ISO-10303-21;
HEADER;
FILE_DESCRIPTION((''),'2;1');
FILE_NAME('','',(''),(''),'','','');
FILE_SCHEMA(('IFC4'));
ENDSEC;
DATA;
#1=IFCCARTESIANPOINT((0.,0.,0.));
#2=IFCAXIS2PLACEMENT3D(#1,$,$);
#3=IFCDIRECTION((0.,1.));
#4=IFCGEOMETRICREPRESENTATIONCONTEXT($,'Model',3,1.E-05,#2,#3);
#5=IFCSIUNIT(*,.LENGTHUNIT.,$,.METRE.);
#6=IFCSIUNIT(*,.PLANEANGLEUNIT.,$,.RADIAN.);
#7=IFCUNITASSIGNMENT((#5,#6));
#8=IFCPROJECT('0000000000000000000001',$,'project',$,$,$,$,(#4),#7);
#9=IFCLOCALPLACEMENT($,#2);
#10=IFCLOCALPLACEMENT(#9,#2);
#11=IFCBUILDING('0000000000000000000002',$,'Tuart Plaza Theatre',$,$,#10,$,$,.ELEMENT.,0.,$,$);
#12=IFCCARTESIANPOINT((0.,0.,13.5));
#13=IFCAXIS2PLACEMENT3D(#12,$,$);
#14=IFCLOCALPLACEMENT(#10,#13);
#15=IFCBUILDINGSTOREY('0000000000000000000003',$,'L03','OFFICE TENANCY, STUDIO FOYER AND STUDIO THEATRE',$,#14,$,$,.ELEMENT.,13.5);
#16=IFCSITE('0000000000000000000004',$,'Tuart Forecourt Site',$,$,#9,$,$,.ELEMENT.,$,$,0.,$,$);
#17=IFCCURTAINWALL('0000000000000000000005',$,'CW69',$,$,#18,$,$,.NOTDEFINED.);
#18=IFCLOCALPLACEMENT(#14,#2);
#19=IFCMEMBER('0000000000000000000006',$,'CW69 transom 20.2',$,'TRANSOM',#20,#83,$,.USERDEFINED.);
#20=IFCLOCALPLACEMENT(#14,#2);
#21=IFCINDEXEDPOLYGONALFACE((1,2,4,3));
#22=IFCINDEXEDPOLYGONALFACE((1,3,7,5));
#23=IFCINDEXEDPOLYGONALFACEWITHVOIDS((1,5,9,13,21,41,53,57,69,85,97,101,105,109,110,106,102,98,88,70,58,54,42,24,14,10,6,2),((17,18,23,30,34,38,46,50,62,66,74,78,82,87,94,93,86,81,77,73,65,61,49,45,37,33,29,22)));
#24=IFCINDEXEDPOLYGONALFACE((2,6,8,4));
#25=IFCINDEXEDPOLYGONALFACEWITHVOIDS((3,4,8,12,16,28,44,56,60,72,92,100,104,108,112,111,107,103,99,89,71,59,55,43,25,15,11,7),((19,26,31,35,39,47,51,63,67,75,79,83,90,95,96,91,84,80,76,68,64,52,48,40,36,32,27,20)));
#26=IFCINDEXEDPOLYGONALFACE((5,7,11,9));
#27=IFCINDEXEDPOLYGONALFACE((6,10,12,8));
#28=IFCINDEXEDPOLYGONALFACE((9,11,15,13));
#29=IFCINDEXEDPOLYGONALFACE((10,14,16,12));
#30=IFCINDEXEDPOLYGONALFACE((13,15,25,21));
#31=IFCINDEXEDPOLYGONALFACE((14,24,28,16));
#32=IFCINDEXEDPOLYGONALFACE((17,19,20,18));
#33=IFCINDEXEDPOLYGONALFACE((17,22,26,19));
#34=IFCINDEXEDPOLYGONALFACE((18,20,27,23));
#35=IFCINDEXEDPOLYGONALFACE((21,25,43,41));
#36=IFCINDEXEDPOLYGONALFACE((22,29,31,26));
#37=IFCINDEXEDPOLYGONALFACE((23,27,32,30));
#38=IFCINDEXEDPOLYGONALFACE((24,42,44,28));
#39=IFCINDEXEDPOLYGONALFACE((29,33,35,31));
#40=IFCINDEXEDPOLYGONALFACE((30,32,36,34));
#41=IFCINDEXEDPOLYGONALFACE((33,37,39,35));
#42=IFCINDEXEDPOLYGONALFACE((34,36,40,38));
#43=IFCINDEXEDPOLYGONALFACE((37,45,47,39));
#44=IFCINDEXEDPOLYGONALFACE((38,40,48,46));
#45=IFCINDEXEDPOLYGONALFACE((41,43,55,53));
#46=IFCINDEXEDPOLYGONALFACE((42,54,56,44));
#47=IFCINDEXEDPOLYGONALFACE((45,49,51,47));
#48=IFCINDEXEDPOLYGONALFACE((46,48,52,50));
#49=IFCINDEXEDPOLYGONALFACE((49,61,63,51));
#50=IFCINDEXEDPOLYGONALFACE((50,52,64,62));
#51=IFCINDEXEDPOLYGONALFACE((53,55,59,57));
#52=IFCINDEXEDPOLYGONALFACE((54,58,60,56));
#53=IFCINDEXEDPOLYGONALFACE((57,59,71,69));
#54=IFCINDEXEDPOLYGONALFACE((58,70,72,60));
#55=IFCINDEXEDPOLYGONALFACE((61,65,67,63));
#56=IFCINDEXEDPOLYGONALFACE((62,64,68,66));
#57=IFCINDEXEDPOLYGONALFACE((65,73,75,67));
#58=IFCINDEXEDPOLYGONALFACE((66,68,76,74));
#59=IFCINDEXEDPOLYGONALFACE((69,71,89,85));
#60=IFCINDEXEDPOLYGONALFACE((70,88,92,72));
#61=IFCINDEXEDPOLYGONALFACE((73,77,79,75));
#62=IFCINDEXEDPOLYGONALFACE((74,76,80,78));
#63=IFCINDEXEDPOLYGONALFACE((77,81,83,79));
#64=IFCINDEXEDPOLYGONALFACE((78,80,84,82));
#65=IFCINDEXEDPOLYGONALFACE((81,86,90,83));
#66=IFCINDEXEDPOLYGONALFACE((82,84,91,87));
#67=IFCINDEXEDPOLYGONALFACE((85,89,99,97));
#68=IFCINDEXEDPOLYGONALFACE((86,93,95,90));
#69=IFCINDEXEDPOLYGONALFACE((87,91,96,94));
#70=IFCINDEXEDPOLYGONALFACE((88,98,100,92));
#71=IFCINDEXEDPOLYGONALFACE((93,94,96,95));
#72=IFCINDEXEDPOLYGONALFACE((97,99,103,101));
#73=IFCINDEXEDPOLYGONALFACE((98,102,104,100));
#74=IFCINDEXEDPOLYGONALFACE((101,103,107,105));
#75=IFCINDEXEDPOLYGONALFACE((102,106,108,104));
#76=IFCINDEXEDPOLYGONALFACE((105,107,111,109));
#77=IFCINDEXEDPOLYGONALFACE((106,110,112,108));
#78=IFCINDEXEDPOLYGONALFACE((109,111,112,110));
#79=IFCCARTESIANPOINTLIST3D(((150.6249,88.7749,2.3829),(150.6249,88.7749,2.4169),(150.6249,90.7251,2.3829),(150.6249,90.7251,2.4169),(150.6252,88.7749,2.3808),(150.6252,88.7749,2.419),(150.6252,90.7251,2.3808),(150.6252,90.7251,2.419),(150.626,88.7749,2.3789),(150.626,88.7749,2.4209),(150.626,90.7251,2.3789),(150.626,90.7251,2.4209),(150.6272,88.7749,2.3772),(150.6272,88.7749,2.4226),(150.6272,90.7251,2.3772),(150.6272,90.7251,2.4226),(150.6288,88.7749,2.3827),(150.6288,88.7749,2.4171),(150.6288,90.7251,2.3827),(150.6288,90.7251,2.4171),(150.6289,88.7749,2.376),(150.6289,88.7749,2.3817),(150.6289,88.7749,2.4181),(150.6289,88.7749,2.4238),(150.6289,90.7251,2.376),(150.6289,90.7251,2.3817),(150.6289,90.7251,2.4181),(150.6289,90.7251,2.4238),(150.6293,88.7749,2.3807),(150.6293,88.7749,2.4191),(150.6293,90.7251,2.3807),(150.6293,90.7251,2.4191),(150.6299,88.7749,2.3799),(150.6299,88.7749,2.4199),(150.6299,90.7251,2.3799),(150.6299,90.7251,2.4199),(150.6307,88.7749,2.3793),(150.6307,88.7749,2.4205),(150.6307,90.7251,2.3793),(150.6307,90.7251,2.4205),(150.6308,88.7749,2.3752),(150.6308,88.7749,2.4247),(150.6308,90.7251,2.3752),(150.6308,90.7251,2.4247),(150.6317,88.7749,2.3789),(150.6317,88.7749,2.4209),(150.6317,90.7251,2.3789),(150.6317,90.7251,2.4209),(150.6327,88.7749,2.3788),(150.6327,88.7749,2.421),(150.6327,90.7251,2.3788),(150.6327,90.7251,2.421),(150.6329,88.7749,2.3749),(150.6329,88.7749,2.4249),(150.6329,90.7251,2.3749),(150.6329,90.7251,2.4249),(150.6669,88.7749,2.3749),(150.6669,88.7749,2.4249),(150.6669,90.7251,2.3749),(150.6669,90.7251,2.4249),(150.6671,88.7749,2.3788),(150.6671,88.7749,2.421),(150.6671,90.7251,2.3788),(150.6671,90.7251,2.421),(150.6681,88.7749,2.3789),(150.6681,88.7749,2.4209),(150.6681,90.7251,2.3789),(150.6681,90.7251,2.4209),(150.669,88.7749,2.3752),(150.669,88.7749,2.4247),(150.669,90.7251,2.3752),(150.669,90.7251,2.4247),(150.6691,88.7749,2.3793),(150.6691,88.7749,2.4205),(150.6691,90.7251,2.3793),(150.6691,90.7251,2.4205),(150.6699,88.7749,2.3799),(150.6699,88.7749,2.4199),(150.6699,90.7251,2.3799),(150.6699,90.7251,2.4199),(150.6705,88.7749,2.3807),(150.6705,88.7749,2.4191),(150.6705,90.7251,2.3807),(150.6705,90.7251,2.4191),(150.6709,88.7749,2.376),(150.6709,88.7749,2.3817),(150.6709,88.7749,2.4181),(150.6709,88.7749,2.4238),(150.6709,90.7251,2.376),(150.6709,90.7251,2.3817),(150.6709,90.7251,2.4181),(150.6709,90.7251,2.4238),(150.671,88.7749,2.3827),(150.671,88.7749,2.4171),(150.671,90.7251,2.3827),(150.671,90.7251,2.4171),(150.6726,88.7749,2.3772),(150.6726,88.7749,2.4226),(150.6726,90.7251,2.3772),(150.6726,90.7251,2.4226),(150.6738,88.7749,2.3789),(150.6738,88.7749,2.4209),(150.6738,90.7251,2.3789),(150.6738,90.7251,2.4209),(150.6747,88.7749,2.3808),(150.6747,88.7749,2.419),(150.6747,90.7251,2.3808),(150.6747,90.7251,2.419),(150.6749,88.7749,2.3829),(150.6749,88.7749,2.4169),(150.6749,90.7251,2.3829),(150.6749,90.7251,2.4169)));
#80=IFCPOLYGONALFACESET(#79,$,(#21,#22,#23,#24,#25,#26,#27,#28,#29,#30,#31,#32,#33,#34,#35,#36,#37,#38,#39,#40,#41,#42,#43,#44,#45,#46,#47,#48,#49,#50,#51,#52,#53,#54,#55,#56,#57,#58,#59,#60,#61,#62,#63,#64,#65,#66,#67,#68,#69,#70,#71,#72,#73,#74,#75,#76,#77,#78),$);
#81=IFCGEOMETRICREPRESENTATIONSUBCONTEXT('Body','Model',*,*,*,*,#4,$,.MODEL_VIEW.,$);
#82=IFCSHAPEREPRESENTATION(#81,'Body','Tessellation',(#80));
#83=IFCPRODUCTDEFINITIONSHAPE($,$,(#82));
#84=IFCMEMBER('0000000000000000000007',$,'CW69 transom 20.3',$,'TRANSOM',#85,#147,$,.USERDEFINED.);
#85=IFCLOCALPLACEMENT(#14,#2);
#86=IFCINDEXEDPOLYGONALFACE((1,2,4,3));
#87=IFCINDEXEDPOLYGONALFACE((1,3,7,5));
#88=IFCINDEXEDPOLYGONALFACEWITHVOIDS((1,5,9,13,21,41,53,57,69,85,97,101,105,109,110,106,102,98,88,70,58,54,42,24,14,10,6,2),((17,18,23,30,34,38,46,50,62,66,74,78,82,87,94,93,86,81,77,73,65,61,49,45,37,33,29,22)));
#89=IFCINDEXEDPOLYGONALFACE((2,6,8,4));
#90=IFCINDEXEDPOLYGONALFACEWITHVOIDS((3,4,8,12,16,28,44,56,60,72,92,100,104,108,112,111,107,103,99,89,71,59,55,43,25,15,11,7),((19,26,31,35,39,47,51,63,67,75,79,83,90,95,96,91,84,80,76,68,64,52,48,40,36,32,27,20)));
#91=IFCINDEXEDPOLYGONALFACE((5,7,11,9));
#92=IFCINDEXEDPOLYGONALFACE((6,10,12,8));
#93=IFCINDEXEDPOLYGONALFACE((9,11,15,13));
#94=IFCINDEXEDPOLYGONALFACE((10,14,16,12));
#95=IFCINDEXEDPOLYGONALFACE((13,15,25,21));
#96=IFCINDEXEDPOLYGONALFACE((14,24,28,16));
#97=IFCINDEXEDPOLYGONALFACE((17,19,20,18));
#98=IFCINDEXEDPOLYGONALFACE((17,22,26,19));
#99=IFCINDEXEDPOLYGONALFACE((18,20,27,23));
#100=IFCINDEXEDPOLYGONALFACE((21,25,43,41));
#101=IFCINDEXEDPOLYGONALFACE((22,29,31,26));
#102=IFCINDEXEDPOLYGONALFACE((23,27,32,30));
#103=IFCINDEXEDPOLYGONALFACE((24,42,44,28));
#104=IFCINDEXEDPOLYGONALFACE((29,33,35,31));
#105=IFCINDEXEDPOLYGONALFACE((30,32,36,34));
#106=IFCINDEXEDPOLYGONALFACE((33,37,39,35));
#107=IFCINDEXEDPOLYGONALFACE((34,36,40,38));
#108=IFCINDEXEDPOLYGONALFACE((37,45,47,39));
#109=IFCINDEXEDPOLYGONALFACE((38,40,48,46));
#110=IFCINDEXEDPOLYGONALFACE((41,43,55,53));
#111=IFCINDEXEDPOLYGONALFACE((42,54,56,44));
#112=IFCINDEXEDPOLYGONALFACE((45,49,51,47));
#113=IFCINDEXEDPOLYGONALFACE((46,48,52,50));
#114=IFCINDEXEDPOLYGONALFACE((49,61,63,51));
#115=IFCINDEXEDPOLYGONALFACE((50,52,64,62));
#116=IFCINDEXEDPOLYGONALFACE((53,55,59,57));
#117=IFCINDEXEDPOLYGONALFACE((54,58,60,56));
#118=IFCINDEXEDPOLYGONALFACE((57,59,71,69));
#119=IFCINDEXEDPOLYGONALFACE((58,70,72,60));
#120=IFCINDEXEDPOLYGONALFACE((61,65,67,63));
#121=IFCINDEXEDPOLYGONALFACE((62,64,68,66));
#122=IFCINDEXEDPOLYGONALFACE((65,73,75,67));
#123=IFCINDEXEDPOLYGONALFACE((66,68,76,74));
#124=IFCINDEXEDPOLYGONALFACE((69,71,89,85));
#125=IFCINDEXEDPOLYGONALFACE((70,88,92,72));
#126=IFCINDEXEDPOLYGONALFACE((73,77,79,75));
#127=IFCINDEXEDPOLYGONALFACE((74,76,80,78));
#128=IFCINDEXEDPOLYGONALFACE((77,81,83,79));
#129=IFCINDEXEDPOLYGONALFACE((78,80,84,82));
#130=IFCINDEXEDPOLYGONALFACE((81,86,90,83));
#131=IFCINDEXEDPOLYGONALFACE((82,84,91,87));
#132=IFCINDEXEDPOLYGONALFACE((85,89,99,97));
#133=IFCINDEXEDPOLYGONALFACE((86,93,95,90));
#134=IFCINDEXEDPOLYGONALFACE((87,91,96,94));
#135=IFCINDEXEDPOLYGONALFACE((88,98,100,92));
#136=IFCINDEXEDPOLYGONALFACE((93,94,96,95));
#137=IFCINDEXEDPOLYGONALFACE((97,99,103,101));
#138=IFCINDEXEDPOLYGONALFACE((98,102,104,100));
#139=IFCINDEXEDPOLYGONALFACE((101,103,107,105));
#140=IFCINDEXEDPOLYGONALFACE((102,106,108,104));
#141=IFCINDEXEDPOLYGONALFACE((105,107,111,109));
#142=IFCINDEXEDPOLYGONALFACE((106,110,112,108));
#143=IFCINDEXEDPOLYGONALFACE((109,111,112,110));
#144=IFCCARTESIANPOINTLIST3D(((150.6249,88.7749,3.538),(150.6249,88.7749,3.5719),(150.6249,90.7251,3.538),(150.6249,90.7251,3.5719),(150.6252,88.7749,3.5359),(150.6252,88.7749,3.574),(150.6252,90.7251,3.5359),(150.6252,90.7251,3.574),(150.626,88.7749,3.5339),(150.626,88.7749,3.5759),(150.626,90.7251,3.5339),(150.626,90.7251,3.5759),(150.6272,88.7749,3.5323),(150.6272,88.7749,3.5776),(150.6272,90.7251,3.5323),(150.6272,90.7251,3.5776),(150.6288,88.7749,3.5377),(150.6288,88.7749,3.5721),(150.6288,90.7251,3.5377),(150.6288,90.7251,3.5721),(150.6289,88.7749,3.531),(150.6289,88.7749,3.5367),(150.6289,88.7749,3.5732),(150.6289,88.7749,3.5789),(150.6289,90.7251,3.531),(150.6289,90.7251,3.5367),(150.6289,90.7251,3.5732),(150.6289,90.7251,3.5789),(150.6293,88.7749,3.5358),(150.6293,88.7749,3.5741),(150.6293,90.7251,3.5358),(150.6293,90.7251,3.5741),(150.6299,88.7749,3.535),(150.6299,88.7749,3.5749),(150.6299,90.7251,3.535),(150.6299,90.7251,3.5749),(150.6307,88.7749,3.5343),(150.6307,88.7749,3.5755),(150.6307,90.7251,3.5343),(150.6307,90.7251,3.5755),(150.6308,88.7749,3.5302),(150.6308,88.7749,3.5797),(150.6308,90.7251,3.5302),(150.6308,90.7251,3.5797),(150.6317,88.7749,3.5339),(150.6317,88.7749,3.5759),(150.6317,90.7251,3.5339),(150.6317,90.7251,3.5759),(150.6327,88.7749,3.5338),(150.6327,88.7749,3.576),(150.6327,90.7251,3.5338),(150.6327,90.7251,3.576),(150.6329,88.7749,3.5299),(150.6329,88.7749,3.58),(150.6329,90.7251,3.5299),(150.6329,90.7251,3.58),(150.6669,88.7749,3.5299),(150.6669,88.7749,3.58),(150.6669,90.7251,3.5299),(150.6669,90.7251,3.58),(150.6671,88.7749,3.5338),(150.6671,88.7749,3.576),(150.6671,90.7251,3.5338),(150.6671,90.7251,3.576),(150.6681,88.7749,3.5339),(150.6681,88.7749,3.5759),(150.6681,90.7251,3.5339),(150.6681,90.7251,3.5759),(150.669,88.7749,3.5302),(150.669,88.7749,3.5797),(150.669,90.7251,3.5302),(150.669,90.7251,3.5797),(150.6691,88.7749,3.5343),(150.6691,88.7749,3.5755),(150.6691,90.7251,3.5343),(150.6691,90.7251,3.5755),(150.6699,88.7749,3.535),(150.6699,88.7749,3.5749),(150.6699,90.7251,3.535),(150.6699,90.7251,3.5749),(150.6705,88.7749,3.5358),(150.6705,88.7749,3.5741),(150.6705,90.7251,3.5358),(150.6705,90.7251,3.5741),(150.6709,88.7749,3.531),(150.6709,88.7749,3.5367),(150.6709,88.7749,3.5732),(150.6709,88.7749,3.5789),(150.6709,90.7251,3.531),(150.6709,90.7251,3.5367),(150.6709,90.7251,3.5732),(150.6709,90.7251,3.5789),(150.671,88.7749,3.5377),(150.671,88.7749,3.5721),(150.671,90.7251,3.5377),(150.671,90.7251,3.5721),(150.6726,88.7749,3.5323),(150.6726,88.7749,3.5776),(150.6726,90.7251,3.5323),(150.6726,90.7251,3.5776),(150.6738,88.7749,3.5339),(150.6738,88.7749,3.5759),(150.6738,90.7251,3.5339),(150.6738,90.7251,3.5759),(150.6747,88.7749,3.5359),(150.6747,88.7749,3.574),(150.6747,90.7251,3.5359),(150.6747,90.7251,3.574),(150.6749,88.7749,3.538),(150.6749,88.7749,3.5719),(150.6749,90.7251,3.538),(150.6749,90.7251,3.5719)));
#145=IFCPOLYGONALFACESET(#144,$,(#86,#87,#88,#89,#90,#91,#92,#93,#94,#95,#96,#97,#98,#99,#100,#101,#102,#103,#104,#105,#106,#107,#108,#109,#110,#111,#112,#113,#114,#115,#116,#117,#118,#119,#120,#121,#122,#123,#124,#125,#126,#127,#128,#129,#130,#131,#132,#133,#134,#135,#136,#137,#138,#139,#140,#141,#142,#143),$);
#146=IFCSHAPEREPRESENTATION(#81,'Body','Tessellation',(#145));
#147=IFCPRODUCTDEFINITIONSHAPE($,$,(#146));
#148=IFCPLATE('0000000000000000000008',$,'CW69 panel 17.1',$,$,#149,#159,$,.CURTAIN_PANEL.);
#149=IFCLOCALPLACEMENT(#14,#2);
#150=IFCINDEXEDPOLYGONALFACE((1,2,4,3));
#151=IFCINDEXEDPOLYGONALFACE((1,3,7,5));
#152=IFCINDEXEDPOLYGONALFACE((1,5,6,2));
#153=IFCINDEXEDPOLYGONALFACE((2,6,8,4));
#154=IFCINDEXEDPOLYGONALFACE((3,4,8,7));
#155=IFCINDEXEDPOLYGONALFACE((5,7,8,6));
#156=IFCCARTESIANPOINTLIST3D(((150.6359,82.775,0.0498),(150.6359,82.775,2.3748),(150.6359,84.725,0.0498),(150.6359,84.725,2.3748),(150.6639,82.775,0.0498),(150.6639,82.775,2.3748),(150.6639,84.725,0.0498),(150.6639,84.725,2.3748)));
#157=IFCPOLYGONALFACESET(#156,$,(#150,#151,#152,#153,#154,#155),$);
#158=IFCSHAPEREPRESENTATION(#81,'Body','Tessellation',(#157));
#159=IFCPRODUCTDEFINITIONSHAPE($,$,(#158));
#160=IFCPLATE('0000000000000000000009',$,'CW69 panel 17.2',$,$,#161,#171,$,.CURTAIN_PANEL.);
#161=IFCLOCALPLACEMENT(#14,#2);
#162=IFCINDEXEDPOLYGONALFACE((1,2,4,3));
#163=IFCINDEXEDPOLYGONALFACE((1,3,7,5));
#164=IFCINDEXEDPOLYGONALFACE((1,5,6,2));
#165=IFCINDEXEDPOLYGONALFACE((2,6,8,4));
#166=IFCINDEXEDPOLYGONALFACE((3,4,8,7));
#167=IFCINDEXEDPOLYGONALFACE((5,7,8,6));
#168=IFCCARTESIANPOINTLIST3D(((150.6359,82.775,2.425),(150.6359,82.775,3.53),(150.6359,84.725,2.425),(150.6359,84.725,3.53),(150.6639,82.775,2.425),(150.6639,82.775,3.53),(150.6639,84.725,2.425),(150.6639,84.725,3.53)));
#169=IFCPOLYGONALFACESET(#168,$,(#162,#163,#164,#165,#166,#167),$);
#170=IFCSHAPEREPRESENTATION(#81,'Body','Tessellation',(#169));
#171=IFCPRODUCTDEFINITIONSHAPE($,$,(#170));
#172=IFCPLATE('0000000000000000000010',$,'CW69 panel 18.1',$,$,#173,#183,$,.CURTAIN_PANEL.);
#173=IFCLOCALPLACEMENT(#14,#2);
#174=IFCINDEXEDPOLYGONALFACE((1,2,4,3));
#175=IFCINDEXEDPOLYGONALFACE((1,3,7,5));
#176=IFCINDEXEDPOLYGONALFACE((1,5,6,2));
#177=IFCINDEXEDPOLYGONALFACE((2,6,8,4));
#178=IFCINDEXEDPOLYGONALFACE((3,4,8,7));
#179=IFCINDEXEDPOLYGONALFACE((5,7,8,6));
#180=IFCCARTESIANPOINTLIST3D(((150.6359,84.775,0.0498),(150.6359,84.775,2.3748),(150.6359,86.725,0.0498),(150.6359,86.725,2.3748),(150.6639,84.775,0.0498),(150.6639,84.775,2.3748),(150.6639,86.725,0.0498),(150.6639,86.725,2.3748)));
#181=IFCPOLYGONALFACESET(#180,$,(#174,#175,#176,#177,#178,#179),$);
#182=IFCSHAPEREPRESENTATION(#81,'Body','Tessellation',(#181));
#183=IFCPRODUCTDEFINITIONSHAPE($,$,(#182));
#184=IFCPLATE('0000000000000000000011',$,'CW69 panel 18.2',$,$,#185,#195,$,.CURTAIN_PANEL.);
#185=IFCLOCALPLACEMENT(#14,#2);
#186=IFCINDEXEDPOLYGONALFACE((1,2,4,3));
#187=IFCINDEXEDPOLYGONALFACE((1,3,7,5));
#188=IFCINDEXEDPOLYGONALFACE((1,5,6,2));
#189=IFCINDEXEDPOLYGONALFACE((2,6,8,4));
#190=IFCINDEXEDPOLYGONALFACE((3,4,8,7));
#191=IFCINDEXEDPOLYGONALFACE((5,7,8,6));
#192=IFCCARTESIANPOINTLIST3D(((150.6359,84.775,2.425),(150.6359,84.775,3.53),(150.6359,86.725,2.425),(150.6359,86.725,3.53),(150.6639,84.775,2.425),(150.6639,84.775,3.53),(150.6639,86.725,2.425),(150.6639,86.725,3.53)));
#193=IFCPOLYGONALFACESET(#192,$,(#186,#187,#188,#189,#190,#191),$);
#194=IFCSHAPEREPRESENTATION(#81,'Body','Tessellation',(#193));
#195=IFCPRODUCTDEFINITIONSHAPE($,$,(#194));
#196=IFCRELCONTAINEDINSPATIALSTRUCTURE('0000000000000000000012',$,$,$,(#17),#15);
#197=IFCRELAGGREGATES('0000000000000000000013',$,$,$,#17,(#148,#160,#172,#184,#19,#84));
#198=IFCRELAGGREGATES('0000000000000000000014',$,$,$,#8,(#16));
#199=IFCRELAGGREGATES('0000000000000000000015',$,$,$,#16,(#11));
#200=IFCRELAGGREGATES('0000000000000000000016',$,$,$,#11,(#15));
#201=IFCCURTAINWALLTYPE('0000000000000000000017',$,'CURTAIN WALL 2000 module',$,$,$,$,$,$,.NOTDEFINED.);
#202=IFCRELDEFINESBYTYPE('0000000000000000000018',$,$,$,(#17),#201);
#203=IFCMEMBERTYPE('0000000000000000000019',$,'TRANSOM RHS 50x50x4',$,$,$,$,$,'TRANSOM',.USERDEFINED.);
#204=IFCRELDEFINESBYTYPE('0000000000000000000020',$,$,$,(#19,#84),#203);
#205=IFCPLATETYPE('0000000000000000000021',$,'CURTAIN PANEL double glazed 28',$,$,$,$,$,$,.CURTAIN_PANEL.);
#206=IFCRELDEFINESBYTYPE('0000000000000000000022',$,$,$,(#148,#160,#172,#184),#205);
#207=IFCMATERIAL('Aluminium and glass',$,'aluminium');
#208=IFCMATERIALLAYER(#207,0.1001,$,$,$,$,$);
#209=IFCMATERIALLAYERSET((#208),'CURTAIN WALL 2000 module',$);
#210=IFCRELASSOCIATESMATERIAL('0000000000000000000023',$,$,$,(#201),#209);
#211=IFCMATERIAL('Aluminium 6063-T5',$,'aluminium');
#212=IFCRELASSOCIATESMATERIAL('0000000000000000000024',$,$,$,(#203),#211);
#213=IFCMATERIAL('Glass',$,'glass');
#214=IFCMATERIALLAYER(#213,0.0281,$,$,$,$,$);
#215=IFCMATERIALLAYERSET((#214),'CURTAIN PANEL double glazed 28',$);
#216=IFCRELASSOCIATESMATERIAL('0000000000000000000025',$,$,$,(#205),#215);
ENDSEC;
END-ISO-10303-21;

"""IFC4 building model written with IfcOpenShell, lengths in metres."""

from ifc_helpers import new_model, si_unit, direction, frame, origin, origin_2d, place, context, subcontext, project, spatial, rectangle, hollow_rectangle, extrude, material, layer, layer_set, material_profile, profile_set, type_object, element, aggregate, save


model = new_model("IFC4")

# Units and contexts
model_context = context("Model", 3, precision=1e-05, world=origin(), true_north=direction((0.0, 1.0)))
body_context = subcontext(model_context, "Body", "Model", "MODEL_VIEW")
ifc_project = project(units=[si_unit("LENGTHUNIT", "METRE"), si_unit("PLANEANGLEUNIT", "RADIAN")], contexts=[model_context])

# Site, building, storey
site_placement = place(None, origin())
site = spatial("IfcSite", under=ifc_project, at=site_placement, Name="Tuart Forecourt Site", CompositionType="ELEMENT", RefElevation=0.0)
building_placement = place(site_placement, origin())
building = spatial("IfcBuilding", under=site, at=building_placement, Name="Tuart Plaza Theatre", CompositionType="ELEMENT", ElevationOfRefHeight=0.0)
storey_placement = place(building_placement, frame((0.0, 0.0, 13.5)))
storey = spatial("IfcBuildingStorey", under=building, at=storey_placement, Name="L03", Description="OFFICE TENANCY, STUDIO FOYER AND STUDIO THEATRE", CompositionType="ELEMENT", Elevation=13.5)

# Curtain wall, members, plates
ifc_material_1 = material(Name="Aluminium and glass", Category="aluminium")
ifc_layer_1 = layer(ifc_material_1, 0.1001)
ifc_layer_set_1 = layer_set([ifc_layer_1], Name="CURTAIN WALL 2000 module")
curtain_wall_type = type_object("IfcCurtainWallType", Name="CURTAIN WALL 2000 module", PredefinedType="NOTDEFINED", material=ifc_layer_set_1)
curtain_wall_placement = place(storey_placement, origin())
curtain_wall = element("IfcCurtainWall", 1, at=curtain_wall_placement, inside=storey, type_object=curtain_wall_type, Name="CW69", PredefinedType="NOTDEFINED")
ifc_material_2 = material(Name="Aluminium 6063-T5", Category="aluminium")
ifc_material_profile_1 = material_profile(ifc_material_2, hollow_rectangle(XDim=0.05, YDim=0.05, WallThickness=0.0039, InnerFilletRadius=0.0039, OuterFilletRadius=0.0081, at=origin_2d()), Name="RHS 50x50x4")
ifc_profile_set_1 = profile_set([ifc_material_profile_1], Name="Aluminium 6063-T5")
member_type_1 = type_object("IfcMemberType", Name="TRANSOM RHS 50x50x4", ElementType="TRANSOM", PredefinedType="USERDEFINED", material=ifc_profile_set_1)
member_1_placement = place(storey_placement, frame((150.6499, 88.7749, 2.3999), z_axis=(0.0, 1.0, 0.0), x_axis=(-1.0, 0.0, 0.0)))
member_1 = element("IfcMember", 2, at=member_1_placement, type_object=member_type_1, Name="CW69 transom 20.2", ObjectType="TRANSOM", PredefinedType="USERDEFINED", context=body_context, shape_type="SweptSolid", body=[
    extrude(hollow_rectangle(XDim=0.05, YDim=0.05, WallThickness=0.0039, InnerFilletRadius=0.0039, OuterFilletRadius=0.0081, at=origin_2d()), origin(), (0.0, 0.0, 1.0), 1.9502),
])
member_2_placement = place(storey_placement, frame((150.6499, 88.7749, 3.5549), z_axis=(0.0, 1.0, 0.0), x_axis=(-1.0, 0.0, 0.0)))
member_2 = element("IfcMember", 3, at=member_2_placement, type_object=member_type_1, Name="CW69 transom 20.3", ObjectType="TRANSOM", PredefinedType="USERDEFINED", context=body_context, shape_type="SweptSolid", body=[
    extrude(hollow_rectangle(XDim=0.05, YDim=0.05, WallThickness=0.0039, InnerFilletRadius=0.0039, OuterFilletRadius=0.0081, at=origin_2d()), origin(), (0.0, 0.0, 1.0), 1.9502),
])
ifc_material_3 = material(Name="Glass", Category="glass")
ifc_layer_2 = layer(ifc_material_3, 0.0281)
ifc_layer_set_2 = layer_set([ifc_layer_2], Name="CURTAIN PANEL double glazed 28")
plate_type = type_object("IfcPlateType", Name="CURTAIN PANEL double glazed 28", PredefinedType="CURTAIN_PANEL", material=ifc_layer_set_2)
plate_1_placement = place(storey_placement, frame((150.6499, 83.75, 0.0498), z_axis=(0.0, 0.0, 1.0), x_axis=(0.0, 1.0, 0.0)))
plate_1 = element("IfcPlate", 4, at=plate_1_placement, type_object=plate_type, Name="CW69 panel 17.1", PredefinedType="CURTAIN_PANEL", context=body_context, shape_type="SweptSolid", body=[
    extrude(rectangle(XDim=1.95, YDim=0.0281, at=origin_2d()), origin(), (0.0, 0.0, 1.0), 2.325),
])
plate_2_placement = place(storey_placement, frame((150.6499, 83.75, 2.425), z_axis=(0.0, 0.0, 1.0), x_axis=(0.0, 1.0, 0.0)))
plate_2 = element("IfcPlate", 5, at=plate_2_placement, type_object=plate_type, Name="CW69 panel 17.2", PredefinedType="CURTAIN_PANEL", context=body_context, shape_type="SweptSolid", body=[
    extrude(rectangle(XDim=1.95, YDim=0.0281, at=origin_2d()), origin(), (0.0, 0.0, 1.0), 1.105),
])
plate_3_placement = place(storey_placement, frame((150.6499, 85.75, 0.0498), z_axis=(0.0, 0.0, 1.0), x_axis=(0.0, 1.0, 0.0)))
plate_3 = element("IfcPlate", 6, at=plate_3_placement, type_object=plate_type, Name="CW69 panel 18.1", PredefinedType="CURTAIN_PANEL", context=body_context, shape_type="SweptSolid", body=[
    extrude(rectangle(XDim=1.95, YDim=0.0281, at=origin_2d()), origin(), (0.0, 0.0, 1.0), 2.325),
])
plate_4_placement = place(storey_placement, frame((150.6499, 85.75, 2.425), z_axis=(0.0, 0.0, 1.0), x_axis=(0.0, 1.0, 0.0)))
plate_4 = element("IfcPlate", 7, at=plate_4_placement, type_object=plate_type, Name="CW69 panel 18.2", PredefinedType="CURTAIN_PANEL", context=body_context, shape_type="SweptSolid", body=[
    extrude(rectangle(XDim=1.95, YDim=0.0281, at=origin_2d()), origin(), (0.0, 0.0, 1.0), 1.105),
])
aggregate(curtain_wall, [plate_1, plate_2, plate_3, plate_4, member_1, member_2])

save(model, "model.ifc")
